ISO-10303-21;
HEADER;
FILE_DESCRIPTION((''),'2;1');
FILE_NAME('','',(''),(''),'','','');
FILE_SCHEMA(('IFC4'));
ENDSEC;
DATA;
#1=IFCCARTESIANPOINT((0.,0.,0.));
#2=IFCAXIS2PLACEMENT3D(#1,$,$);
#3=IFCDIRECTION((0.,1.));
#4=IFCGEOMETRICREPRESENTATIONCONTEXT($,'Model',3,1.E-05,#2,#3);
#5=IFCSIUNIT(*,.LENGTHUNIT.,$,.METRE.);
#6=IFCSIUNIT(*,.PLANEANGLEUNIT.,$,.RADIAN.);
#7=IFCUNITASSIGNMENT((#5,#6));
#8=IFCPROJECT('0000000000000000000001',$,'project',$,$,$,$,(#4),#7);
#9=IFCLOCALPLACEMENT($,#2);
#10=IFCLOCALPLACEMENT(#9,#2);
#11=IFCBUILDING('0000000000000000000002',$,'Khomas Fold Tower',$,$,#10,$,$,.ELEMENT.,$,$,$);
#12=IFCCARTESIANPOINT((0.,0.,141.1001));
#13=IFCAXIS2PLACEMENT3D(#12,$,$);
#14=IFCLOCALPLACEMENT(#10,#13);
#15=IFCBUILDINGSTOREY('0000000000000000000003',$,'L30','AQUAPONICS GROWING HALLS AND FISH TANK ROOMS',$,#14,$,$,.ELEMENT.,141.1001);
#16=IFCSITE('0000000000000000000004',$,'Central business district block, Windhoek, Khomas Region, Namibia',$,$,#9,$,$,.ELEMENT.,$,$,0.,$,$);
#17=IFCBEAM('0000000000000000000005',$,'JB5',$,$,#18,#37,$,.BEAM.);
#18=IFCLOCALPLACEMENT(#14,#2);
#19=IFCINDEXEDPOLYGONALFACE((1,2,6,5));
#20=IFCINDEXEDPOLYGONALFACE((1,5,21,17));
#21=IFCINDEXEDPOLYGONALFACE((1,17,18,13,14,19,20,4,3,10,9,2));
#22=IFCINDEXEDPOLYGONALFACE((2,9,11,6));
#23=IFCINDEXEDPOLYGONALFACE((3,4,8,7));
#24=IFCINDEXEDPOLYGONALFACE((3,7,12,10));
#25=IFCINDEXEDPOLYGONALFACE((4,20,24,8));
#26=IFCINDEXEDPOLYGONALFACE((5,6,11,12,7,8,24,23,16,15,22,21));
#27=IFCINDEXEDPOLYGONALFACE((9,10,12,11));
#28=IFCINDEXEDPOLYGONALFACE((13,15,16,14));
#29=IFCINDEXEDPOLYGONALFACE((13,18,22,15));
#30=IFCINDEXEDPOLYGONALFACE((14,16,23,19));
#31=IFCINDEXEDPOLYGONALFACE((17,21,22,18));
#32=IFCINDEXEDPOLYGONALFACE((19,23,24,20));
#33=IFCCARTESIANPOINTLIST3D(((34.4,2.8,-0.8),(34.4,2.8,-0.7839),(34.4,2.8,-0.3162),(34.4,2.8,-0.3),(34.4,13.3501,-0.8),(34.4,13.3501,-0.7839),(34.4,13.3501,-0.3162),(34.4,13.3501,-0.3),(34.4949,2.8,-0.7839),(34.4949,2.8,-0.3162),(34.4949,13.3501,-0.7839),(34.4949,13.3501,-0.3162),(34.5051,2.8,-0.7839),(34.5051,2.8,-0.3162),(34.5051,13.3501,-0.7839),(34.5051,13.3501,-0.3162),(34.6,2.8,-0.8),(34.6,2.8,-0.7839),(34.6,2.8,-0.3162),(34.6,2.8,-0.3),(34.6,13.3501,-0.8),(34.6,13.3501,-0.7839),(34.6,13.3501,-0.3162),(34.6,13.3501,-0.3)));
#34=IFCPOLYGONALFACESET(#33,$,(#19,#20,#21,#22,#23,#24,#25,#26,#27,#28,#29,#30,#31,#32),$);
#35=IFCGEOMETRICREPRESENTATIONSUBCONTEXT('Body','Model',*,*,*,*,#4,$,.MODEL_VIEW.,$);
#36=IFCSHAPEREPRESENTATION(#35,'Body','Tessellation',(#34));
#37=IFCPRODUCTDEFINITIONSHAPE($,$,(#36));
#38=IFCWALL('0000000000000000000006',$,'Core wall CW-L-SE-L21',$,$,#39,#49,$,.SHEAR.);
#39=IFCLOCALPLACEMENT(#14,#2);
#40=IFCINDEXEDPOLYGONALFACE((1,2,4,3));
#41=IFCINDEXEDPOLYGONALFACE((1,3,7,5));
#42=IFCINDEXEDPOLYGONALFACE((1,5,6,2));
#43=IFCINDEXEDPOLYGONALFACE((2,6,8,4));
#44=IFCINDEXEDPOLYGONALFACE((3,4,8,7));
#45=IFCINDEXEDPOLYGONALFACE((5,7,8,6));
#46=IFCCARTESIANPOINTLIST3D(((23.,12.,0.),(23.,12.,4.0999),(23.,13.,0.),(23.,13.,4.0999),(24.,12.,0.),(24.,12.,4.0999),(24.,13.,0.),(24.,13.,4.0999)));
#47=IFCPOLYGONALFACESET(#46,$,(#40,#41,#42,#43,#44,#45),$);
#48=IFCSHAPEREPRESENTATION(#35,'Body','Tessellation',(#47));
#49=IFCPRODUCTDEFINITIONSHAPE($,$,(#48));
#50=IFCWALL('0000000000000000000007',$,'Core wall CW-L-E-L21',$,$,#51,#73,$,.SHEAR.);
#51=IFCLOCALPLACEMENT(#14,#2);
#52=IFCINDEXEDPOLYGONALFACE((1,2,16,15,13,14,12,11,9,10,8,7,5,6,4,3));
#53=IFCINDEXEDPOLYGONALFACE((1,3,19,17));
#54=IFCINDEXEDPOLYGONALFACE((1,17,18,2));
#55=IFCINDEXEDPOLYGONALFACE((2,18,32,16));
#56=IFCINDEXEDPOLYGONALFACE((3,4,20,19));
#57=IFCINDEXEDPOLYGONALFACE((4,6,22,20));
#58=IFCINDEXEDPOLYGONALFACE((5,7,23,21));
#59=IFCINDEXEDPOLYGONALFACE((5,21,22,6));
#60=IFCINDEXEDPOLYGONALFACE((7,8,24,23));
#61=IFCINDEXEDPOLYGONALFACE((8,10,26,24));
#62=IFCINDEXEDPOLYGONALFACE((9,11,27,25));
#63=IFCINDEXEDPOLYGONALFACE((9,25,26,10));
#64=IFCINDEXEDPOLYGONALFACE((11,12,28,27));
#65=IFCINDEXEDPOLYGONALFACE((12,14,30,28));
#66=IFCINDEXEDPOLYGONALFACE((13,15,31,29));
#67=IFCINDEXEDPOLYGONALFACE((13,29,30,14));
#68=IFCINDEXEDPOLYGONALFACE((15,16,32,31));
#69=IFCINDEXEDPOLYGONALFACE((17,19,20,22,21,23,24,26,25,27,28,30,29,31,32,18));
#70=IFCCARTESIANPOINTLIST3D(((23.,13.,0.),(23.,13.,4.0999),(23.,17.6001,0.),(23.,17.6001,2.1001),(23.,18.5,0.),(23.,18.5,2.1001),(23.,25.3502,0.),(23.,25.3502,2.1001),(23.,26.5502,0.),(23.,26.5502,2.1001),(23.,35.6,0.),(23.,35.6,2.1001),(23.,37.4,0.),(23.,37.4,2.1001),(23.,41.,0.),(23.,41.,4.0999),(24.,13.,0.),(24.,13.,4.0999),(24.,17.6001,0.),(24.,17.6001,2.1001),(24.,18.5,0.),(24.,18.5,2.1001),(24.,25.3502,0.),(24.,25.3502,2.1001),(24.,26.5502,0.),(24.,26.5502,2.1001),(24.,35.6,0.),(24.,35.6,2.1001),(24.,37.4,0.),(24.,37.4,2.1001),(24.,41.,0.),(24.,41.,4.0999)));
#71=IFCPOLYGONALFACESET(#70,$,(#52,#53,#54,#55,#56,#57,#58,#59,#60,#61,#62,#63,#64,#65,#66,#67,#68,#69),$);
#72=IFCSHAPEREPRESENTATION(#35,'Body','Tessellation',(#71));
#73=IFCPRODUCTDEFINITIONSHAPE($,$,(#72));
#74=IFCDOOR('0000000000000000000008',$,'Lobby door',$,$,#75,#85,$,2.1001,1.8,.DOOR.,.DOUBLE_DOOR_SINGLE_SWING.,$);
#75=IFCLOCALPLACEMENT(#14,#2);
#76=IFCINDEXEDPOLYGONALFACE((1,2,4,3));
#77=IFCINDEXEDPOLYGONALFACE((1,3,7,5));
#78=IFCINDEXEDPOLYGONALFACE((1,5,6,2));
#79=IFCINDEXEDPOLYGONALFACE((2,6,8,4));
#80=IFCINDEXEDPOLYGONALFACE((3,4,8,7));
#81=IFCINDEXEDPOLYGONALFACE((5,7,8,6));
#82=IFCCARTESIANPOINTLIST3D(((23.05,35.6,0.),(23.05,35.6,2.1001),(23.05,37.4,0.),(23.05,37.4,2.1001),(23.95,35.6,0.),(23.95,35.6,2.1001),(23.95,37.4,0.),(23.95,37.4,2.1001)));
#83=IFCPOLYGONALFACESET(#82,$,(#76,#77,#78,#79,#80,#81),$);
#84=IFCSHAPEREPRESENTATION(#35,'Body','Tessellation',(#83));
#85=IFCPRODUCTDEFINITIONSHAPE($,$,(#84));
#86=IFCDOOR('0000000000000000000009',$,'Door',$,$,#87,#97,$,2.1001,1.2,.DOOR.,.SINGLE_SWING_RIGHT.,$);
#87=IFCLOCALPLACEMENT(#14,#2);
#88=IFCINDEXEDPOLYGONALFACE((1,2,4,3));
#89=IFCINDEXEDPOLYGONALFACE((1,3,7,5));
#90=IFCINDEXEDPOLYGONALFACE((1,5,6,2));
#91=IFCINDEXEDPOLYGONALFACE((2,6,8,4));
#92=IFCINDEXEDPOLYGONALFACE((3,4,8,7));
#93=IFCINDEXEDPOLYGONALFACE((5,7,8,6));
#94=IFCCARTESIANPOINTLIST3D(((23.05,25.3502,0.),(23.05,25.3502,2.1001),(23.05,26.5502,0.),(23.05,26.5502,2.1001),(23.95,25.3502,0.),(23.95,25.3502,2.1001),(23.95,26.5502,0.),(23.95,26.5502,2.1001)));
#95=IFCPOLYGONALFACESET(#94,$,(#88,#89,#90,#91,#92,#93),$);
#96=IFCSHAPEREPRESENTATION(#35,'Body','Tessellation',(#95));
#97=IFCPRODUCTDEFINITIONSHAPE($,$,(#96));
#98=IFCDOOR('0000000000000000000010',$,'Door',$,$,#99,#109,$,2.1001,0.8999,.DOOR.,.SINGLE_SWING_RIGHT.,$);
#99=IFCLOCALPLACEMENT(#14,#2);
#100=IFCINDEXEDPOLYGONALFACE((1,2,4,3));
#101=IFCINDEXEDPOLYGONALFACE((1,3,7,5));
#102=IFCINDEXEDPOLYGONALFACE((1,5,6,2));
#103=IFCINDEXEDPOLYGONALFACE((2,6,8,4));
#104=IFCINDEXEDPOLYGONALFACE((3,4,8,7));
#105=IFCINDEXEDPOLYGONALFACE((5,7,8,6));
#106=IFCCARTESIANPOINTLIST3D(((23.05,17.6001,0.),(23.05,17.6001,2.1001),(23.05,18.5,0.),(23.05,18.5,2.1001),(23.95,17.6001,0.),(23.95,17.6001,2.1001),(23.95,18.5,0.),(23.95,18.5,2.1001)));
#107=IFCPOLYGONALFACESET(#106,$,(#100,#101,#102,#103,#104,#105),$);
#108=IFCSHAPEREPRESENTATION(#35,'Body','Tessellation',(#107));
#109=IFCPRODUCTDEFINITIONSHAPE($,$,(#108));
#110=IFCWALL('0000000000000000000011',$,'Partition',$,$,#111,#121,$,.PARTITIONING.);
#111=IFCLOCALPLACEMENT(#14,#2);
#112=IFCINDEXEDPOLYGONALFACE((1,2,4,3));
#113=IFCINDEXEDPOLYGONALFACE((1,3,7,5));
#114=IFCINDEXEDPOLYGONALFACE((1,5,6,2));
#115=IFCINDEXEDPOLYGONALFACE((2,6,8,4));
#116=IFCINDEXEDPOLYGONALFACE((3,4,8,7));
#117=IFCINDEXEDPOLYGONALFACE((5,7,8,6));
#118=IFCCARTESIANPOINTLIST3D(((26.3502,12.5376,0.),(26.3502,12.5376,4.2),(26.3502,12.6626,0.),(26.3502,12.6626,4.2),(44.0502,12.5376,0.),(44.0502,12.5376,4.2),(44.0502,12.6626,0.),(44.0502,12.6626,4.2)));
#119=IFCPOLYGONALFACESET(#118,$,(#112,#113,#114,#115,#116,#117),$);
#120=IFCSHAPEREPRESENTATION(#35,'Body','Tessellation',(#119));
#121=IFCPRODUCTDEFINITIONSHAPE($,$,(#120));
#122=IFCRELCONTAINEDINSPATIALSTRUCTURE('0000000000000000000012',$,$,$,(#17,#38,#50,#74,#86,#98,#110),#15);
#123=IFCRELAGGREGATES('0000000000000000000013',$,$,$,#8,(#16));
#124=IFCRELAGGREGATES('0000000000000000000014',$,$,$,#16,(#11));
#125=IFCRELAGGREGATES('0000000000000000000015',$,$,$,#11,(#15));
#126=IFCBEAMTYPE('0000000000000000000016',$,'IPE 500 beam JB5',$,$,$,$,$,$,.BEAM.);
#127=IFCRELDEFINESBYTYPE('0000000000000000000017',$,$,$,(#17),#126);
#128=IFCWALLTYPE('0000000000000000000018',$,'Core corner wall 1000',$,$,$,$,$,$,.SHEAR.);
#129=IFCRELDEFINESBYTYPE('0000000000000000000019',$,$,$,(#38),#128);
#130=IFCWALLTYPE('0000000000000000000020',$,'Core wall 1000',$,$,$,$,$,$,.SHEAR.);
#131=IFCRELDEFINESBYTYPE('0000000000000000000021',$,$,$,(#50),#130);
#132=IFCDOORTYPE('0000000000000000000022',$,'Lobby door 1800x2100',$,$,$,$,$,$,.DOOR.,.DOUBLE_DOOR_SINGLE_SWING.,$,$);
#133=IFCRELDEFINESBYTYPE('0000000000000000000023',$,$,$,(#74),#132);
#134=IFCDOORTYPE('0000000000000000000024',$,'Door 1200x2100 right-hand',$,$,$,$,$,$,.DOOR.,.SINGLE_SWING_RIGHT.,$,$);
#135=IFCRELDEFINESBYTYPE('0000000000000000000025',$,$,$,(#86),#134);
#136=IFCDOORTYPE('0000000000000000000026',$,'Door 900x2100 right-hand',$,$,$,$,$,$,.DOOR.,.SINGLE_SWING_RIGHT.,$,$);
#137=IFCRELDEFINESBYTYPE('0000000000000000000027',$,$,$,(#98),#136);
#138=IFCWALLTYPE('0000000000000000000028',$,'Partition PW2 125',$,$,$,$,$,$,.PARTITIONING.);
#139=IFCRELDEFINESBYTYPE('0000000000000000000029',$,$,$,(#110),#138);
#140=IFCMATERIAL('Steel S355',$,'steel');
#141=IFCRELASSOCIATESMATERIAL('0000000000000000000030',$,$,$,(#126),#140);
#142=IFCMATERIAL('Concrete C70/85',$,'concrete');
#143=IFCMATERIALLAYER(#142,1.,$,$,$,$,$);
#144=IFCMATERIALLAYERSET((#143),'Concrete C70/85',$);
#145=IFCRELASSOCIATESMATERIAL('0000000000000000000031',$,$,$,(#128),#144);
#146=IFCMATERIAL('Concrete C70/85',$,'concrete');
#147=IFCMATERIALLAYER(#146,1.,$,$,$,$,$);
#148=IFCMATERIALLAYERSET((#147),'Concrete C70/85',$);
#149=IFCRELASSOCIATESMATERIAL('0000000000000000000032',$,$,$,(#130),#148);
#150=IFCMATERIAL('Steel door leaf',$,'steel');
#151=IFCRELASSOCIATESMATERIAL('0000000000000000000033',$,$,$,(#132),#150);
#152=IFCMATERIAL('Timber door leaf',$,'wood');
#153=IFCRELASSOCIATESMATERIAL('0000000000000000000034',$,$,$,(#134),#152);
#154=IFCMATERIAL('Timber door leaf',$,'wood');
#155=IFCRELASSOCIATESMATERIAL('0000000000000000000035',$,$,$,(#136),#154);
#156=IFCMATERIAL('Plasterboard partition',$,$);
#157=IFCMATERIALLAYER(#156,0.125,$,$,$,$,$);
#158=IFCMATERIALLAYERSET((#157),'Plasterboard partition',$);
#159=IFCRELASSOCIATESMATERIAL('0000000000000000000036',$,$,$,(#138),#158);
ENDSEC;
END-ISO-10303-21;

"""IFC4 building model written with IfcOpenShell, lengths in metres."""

from ifc_helpers import new_model, si_unit, direction, frame, frame_2d, origin, origin_2d, place, context, subcontext, project, spatial, rectangle, i_section, extrude, source, transform, mapped, material, layer, layer_set, material_profile, profile_set, type_object, element, fill, save


model = new_model("IFC4")

# Units and contexts
model_context = context("Model", 3, precision=1e-05, world=origin(), true_north=direction((0.0, 1.0)))
body_context = subcontext(model_context, "Body", "Model", "MODEL_VIEW")
ifc_project = project(units=[si_unit("LENGTHUNIT", "METRE"), si_unit("PLANEANGLEUNIT", "RADIAN")], contexts=[model_context])

# Site, building, storey
site_placement = place(None, origin())
site = spatial("IfcSite", under=ifc_project, at=site_placement, Name="Central business district block, Windhoek, Khomas Region, Namibia", CompositionType="ELEMENT", RefElevation=0.0)
building_placement = place(site_placement, origin())
building = spatial("IfcBuilding", under=site, at=building_placement, Name="Khomas Fold Tower", CompositionType="ELEMENT")
storey_placement = place(building_placement, frame((0.0, 0.0, 141.1001)))
storey = spatial("IfcBuildingStorey", under=building, at=storey_placement, Name="L30", Description="AQUAPONICS GROWING HALLS AND FISH TANK ROOMS", CompositionType="ELEMENT", Elevation=141.1001)

# Beam
ifc_material_1 = material(Name="Steel S355", Category="steel")
ifc_material_profile_1 = material_profile(ifc_material_1, i_section(OverallWidth=0.2, OverallDepth=0.5, WebThickness=0.0103, FlangeThickness=0.0161, at=origin_2d()), Name="IPE 500")
ifc_profile_set_1 = profile_set([ifc_material_profile_1], Name="Steel S355")
beam_type_1 = type_object("IfcBeamType", Name="IPE 500 beam JB5", PredefinedType="BEAM", material=ifc_profile_set_1)
shared_shape_1 = source(origin(), body_context, "Body", "SweptSolid", [
    extrude(i_section(OverallWidth=0.2, OverallDepth=0.5, WebThickness=0.0103, FlangeThickness=0.0161, at=origin_2d()), origin(), (0.0, 0.0, 1.0), 10.55),
])
for number, where, z_axis, x_axis, name in (
    (1, (34.5, 2.8, -0.55), (0.0, 1.0, 0.0), (-1.0, 0.0, 0.0), "JB5"),
):
    element("IfcBeam", number, at=place(storey_placement, frame(where, z_axis=z_axis, x_axis=x_axis)), inside=storey, type_object=beam_type_1, Name=name, PredefinedType="BEAM", context=body_context, shape_type="MappedRepresentation", body=[
        mapped(shared_shape_1, transform((0.0, 0.0, 0.0))),
    ])

# Wall
ifc_material_2 = material(Name="Concrete C70/85", Category="concrete")
ifc_layer_1 = layer(ifc_material_2, 1.0)
ifc_layer_set_1 = layer_set([ifc_layer_1], Name="Concrete C70/85")
wall_type_1 = type_object("IfcWallType", Name="Core corner wall 1000", PredefinedType="SHEAR", material=ifc_layer_set_1)
shared_shape_2 = source(origin(), body_context, "Body", "SweptSolid", [
    extrude(rectangle(XDim=1.0, YDim=1.0, at=frame_2d((0.5, 0.0))), origin(), (0.0, 0.0, 1.0), 4.0999),
])
wall_1_placement = place(storey_placement, frame((23.0, 12.5, 0.0), z_axis=(0.0, 0.0, 1.0), x_axis=(1.0, 0.0, 0.0)))
element("IfcWall", 2, at=wall_1_placement, inside=storey, type_object=wall_type_1, Name="Core wall CW-L-SE-L21", PredefinedType="SHEAR", context=body_context, shape_type="MappedRepresentation", body=[
    mapped(shared_shape_2, transform((0.0, 0.0, 0.0))),
])

# Wall, openings, doors
ifc_material_3 = material(Name="Concrete C70/85", Category="concrete")
ifc_layer_2 = layer(ifc_material_3, 1.0)
ifc_layer_set_2 = layer_set([ifc_layer_2], Name="Concrete C70/85")
wall_type_2 = type_object("IfcWallType", Name="Core wall 1000", PredefinedType="SHEAR", material=ifc_layer_set_2)
shared_shape_3 = source(origin(), body_context, "Body", "SweptSolid", [
    extrude(rectangle(XDim=28.0, YDim=1.0, at=frame_2d((14.0, 0.0))), origin(), (0.0, 0.0, 1.0), 4.0999),
])
wall_2_placement = place(storey_placement, frame((23.5, 13.0, 0.0), z_axis=(0.0, 0.0, 1.0), x_axis=(0.0, 1.0, 0.0)))
wall_2 = element("IfcWall", 3, at=wall_2_placement, inside=storey, type_object=wall_type_2, Name="Core wall CW-L-E-L21", PredefinedType="SHEAR", context=body_context, shape_type="MappedRepresentation", body=[
    mapped(shared_shape_3, transform((0.0, 0.0, 0.0))),
])
shared_shape_4 = source(origin(), body_context, "Body", "SweptSolid", [
    extrude(rectangle(XDim=1.8, YDim=2.1001, at=frame_2d((0.8999, 1.05))), frame((0.0, 0.51, 0.0), z_axis=(0.0, -1.0, 0.0), x_axis=(1.0, 0.0, 0.0)), (0.0, 0.0, 1.0), 1.02),
])
opening_1_placement = place(wall_2_placement, frame((22.6001, 0.0, 0.0)))
opening_1 = element("IfcOpeningElement", 4, at=opening_1_placement, cuts=wall_2, PredefinedType="OPENING", context=body_context, shape_type="MappedRepresentation", body=[
    mapped(shared_shape_4, transform((0.0, 0.0, 0.0))),
])
shared_shape_5 = source(origin(), body_context, "Body", "SweptSolid", [
    extrude(rectangle(XDim=1.2, YDim=2.1001, at=frame_2d((0.6001, 1.05))), frame((0.0, 0.51, 0.0), z_axis=(0.0, -1.0, 0.0), x_axis=(1.0, 0.0, 0.0)), (0.0, 0.0, 1.0), 1.02),
])
opening_2_placement = place(wall_2_placement, frame((12.3501, 0.0, 0.0)))
opening_2 = element("IfcOpeningElement", 5, at=opening_2_placement, cuts=wall_2, PredefinedType="OPENING", context=body_context, shape_type="MappedRepresentation", body=[
    mapped(shared_shape_5, transform((0.0, 0.0, 0.0))),
])
shared_shape_6 = source(origin(), body_context, "Body", "SweptSolid", [
    extrude(rectangle(XDim=0.8999, YDim=2.1001, at=frame_2d((0.45, 1.05))), frame((0.0, 0.51, 0.0), z_axis=(0.0, -1.0, 0.0), x_axis=(1.0, 0.0, 0.0)), (0.0, 0.0, 1.0), 1.02),
])
opening_3_placement = place(wall_2_placement, frame((4.6001, 0.0, 0.0)))
opening_3 = element("IfcOpeningElement", 6, at=opening_3_placement, cuts=wall_2, PredefinedType="OPENING", context=body_context, shape_type="MappedRepresentation", body=[
    mapped(shared_shape_6, transform((0.0, 0.0, 0.0))),
])
ifc_material_4 = material(Name="Steel door leaf", Category="steel")
door_type_1 = type_object("IfcDoorType", Name="Lobby door 1800x2100", OperationType="DOUBLE_DOOR_SINGLE_SWING", PredefinedType="DOOR", material=ifc_material_4)
shared_shape_7 = source(origin(), body_context, "Body", "SweptSolid", [
    extrude(rectangle(XDim=1.8, YDim=2.1001, at=frame_2d((0.8999, 1.05))), frame((0.0, 0.45, 0.0), z_axis=(0.0, -1.0, 0.0), x_axis=(1.0, 0.0, 0.0)), (0.0, 0.0, 1.0), 0.8999),
])
door_1_placement = place(opening_1_placement, origin())
door_1 = element("IfcDoor", 7, at=door_1_placement, inside=storey, type_object=door_type_1, Name="Lobby door", OperationType="DOUBLE_DOOR_SINGLE_SWING", OverallHeight=2.1001, OverallWidth=1.8, PredefinedType="DOOR", context=body_context, shape_type="MappedRepresentation", body=[
    mapped(shared_shape_7, transform((0.0, 0.0, 0.0))),
])
fill(opening_1, door_1)
ifc_material_5 = material(Name="Timber door leaf", Category="wood")
door_type_2 = type_object("IfcDoorType", Name="Door 1200x2100 right-hand", OperationType="SINGLE_SWING_RIGHT", PredefinedType="DOOR", material=ifc_material_5)
shared_shape_8 = source(origin(), body_context, "Body", "SweptSolid", [
    extrude(rectangle(XDim=1.2, YDim=2.1001, at=frame_2d((0.6001, 1.05))), frame((0.0, 0.45, 0.0), z_axis=(0.0, -1.0, 0.0), x_axis=(1.0, 0.0, 0.0)), (0.0, 0.0, 1.0), 0.8999),
])
door_2_placement = place(opening_2_placement, origin())
door_2 = element("IfcDoor", 8, at=door_2_placement, inside=storey, type_object=door_type_2, Name="Door", OperationType="SINGLE_SWING_RIGHT", OverallHeight=2.1001, OverallWidth=1.2, PredefinedType="DOOR", context=body_context, shape_type="MappedRepresentation", body=[
    mapped(shared_shape_8, transform((0.0, 0.0, 0.0))),
])
fill(opening_2, door_2)
ifc_material_6 = material(Name="Timber door leaf", Category="wood")
door_type_3 = type_object("IfcDoorType", Name="Door 900x2100 right-hand", OperationType="SINGLE_SWING_RIGHT", PredefinedType="DOOR", material=ifc_material_6)
shared_shape_9 = source(origin(), body_context, "Body", "SweptSolid", [
    extrude(rectangle(XDim=0.8999, YDim=2.1001, at=frame_2d((0.45, 1.05))), frame((0.0, 0.45, 0.0), z_axis=(0.0, -1.0, 0.0), x_axis=(1.0, 0.0, 0.0)), (0.0, 0.0, 1.0), 0.8999),
])
door_3_placement = place(opening_3_placement, origin())
door_3 = element("IfcDoor", 9, at=door_3_placement, inside=storey, type_object=door_type_3, Name="Door", OperationType="SINGLE_SWING_RIGHT", OverallHeight=2.1001, OverallWidth=0.8999, PredefinedType="DOOR", context=body_context, shape_type="MappedRepresentation", body=[
    mapped(shared_shape_9, transform((0.0, 0.0, 0.0))),
])
fill(opening_3, door_3)

# Wall
ifc_material_7 = material(Name="Plasterboard partition")
ifc_layer_3 = layer(ifc_material_7, 0.125)
ifc_layer_set_3 = layer_set([ifc_layer_3], Name="Plasterboard partition")
wall_type_3 = type_object("IfcWallType", Name="Partition PW2 125", PredefinedType="PARTITIONING", material=ifc_layer_set_3)
shared_shape_10 = source(origin(), body_context, "Body", "SweptSolid", [
    extrude(rectangle(XDim=17.7, YDim=0.125, at=frame_2d((8.8501, 0.0))), origin(), (0.0, 0.0, 1.0), 4.2),
])
wall_3_placement = place(storey_placement, frame((26.3501, 12.6001, 0.0), z_axis=(0.0, 0.0, 1.0), x_axis=(1.0, 0.0, 0.0)))
element("IfcWall", 10, at=wall_3_placement, inside=storey, type_object=wall_type_3, Name="Partition", PredefinedType="PARTITIONING", context=body_context, shape_type="MappedRepresentation", body=[
    mapped(shared_shape_10, transform((0.0, 0.0, 0.0))),
])

save(model, "model.ifc")
